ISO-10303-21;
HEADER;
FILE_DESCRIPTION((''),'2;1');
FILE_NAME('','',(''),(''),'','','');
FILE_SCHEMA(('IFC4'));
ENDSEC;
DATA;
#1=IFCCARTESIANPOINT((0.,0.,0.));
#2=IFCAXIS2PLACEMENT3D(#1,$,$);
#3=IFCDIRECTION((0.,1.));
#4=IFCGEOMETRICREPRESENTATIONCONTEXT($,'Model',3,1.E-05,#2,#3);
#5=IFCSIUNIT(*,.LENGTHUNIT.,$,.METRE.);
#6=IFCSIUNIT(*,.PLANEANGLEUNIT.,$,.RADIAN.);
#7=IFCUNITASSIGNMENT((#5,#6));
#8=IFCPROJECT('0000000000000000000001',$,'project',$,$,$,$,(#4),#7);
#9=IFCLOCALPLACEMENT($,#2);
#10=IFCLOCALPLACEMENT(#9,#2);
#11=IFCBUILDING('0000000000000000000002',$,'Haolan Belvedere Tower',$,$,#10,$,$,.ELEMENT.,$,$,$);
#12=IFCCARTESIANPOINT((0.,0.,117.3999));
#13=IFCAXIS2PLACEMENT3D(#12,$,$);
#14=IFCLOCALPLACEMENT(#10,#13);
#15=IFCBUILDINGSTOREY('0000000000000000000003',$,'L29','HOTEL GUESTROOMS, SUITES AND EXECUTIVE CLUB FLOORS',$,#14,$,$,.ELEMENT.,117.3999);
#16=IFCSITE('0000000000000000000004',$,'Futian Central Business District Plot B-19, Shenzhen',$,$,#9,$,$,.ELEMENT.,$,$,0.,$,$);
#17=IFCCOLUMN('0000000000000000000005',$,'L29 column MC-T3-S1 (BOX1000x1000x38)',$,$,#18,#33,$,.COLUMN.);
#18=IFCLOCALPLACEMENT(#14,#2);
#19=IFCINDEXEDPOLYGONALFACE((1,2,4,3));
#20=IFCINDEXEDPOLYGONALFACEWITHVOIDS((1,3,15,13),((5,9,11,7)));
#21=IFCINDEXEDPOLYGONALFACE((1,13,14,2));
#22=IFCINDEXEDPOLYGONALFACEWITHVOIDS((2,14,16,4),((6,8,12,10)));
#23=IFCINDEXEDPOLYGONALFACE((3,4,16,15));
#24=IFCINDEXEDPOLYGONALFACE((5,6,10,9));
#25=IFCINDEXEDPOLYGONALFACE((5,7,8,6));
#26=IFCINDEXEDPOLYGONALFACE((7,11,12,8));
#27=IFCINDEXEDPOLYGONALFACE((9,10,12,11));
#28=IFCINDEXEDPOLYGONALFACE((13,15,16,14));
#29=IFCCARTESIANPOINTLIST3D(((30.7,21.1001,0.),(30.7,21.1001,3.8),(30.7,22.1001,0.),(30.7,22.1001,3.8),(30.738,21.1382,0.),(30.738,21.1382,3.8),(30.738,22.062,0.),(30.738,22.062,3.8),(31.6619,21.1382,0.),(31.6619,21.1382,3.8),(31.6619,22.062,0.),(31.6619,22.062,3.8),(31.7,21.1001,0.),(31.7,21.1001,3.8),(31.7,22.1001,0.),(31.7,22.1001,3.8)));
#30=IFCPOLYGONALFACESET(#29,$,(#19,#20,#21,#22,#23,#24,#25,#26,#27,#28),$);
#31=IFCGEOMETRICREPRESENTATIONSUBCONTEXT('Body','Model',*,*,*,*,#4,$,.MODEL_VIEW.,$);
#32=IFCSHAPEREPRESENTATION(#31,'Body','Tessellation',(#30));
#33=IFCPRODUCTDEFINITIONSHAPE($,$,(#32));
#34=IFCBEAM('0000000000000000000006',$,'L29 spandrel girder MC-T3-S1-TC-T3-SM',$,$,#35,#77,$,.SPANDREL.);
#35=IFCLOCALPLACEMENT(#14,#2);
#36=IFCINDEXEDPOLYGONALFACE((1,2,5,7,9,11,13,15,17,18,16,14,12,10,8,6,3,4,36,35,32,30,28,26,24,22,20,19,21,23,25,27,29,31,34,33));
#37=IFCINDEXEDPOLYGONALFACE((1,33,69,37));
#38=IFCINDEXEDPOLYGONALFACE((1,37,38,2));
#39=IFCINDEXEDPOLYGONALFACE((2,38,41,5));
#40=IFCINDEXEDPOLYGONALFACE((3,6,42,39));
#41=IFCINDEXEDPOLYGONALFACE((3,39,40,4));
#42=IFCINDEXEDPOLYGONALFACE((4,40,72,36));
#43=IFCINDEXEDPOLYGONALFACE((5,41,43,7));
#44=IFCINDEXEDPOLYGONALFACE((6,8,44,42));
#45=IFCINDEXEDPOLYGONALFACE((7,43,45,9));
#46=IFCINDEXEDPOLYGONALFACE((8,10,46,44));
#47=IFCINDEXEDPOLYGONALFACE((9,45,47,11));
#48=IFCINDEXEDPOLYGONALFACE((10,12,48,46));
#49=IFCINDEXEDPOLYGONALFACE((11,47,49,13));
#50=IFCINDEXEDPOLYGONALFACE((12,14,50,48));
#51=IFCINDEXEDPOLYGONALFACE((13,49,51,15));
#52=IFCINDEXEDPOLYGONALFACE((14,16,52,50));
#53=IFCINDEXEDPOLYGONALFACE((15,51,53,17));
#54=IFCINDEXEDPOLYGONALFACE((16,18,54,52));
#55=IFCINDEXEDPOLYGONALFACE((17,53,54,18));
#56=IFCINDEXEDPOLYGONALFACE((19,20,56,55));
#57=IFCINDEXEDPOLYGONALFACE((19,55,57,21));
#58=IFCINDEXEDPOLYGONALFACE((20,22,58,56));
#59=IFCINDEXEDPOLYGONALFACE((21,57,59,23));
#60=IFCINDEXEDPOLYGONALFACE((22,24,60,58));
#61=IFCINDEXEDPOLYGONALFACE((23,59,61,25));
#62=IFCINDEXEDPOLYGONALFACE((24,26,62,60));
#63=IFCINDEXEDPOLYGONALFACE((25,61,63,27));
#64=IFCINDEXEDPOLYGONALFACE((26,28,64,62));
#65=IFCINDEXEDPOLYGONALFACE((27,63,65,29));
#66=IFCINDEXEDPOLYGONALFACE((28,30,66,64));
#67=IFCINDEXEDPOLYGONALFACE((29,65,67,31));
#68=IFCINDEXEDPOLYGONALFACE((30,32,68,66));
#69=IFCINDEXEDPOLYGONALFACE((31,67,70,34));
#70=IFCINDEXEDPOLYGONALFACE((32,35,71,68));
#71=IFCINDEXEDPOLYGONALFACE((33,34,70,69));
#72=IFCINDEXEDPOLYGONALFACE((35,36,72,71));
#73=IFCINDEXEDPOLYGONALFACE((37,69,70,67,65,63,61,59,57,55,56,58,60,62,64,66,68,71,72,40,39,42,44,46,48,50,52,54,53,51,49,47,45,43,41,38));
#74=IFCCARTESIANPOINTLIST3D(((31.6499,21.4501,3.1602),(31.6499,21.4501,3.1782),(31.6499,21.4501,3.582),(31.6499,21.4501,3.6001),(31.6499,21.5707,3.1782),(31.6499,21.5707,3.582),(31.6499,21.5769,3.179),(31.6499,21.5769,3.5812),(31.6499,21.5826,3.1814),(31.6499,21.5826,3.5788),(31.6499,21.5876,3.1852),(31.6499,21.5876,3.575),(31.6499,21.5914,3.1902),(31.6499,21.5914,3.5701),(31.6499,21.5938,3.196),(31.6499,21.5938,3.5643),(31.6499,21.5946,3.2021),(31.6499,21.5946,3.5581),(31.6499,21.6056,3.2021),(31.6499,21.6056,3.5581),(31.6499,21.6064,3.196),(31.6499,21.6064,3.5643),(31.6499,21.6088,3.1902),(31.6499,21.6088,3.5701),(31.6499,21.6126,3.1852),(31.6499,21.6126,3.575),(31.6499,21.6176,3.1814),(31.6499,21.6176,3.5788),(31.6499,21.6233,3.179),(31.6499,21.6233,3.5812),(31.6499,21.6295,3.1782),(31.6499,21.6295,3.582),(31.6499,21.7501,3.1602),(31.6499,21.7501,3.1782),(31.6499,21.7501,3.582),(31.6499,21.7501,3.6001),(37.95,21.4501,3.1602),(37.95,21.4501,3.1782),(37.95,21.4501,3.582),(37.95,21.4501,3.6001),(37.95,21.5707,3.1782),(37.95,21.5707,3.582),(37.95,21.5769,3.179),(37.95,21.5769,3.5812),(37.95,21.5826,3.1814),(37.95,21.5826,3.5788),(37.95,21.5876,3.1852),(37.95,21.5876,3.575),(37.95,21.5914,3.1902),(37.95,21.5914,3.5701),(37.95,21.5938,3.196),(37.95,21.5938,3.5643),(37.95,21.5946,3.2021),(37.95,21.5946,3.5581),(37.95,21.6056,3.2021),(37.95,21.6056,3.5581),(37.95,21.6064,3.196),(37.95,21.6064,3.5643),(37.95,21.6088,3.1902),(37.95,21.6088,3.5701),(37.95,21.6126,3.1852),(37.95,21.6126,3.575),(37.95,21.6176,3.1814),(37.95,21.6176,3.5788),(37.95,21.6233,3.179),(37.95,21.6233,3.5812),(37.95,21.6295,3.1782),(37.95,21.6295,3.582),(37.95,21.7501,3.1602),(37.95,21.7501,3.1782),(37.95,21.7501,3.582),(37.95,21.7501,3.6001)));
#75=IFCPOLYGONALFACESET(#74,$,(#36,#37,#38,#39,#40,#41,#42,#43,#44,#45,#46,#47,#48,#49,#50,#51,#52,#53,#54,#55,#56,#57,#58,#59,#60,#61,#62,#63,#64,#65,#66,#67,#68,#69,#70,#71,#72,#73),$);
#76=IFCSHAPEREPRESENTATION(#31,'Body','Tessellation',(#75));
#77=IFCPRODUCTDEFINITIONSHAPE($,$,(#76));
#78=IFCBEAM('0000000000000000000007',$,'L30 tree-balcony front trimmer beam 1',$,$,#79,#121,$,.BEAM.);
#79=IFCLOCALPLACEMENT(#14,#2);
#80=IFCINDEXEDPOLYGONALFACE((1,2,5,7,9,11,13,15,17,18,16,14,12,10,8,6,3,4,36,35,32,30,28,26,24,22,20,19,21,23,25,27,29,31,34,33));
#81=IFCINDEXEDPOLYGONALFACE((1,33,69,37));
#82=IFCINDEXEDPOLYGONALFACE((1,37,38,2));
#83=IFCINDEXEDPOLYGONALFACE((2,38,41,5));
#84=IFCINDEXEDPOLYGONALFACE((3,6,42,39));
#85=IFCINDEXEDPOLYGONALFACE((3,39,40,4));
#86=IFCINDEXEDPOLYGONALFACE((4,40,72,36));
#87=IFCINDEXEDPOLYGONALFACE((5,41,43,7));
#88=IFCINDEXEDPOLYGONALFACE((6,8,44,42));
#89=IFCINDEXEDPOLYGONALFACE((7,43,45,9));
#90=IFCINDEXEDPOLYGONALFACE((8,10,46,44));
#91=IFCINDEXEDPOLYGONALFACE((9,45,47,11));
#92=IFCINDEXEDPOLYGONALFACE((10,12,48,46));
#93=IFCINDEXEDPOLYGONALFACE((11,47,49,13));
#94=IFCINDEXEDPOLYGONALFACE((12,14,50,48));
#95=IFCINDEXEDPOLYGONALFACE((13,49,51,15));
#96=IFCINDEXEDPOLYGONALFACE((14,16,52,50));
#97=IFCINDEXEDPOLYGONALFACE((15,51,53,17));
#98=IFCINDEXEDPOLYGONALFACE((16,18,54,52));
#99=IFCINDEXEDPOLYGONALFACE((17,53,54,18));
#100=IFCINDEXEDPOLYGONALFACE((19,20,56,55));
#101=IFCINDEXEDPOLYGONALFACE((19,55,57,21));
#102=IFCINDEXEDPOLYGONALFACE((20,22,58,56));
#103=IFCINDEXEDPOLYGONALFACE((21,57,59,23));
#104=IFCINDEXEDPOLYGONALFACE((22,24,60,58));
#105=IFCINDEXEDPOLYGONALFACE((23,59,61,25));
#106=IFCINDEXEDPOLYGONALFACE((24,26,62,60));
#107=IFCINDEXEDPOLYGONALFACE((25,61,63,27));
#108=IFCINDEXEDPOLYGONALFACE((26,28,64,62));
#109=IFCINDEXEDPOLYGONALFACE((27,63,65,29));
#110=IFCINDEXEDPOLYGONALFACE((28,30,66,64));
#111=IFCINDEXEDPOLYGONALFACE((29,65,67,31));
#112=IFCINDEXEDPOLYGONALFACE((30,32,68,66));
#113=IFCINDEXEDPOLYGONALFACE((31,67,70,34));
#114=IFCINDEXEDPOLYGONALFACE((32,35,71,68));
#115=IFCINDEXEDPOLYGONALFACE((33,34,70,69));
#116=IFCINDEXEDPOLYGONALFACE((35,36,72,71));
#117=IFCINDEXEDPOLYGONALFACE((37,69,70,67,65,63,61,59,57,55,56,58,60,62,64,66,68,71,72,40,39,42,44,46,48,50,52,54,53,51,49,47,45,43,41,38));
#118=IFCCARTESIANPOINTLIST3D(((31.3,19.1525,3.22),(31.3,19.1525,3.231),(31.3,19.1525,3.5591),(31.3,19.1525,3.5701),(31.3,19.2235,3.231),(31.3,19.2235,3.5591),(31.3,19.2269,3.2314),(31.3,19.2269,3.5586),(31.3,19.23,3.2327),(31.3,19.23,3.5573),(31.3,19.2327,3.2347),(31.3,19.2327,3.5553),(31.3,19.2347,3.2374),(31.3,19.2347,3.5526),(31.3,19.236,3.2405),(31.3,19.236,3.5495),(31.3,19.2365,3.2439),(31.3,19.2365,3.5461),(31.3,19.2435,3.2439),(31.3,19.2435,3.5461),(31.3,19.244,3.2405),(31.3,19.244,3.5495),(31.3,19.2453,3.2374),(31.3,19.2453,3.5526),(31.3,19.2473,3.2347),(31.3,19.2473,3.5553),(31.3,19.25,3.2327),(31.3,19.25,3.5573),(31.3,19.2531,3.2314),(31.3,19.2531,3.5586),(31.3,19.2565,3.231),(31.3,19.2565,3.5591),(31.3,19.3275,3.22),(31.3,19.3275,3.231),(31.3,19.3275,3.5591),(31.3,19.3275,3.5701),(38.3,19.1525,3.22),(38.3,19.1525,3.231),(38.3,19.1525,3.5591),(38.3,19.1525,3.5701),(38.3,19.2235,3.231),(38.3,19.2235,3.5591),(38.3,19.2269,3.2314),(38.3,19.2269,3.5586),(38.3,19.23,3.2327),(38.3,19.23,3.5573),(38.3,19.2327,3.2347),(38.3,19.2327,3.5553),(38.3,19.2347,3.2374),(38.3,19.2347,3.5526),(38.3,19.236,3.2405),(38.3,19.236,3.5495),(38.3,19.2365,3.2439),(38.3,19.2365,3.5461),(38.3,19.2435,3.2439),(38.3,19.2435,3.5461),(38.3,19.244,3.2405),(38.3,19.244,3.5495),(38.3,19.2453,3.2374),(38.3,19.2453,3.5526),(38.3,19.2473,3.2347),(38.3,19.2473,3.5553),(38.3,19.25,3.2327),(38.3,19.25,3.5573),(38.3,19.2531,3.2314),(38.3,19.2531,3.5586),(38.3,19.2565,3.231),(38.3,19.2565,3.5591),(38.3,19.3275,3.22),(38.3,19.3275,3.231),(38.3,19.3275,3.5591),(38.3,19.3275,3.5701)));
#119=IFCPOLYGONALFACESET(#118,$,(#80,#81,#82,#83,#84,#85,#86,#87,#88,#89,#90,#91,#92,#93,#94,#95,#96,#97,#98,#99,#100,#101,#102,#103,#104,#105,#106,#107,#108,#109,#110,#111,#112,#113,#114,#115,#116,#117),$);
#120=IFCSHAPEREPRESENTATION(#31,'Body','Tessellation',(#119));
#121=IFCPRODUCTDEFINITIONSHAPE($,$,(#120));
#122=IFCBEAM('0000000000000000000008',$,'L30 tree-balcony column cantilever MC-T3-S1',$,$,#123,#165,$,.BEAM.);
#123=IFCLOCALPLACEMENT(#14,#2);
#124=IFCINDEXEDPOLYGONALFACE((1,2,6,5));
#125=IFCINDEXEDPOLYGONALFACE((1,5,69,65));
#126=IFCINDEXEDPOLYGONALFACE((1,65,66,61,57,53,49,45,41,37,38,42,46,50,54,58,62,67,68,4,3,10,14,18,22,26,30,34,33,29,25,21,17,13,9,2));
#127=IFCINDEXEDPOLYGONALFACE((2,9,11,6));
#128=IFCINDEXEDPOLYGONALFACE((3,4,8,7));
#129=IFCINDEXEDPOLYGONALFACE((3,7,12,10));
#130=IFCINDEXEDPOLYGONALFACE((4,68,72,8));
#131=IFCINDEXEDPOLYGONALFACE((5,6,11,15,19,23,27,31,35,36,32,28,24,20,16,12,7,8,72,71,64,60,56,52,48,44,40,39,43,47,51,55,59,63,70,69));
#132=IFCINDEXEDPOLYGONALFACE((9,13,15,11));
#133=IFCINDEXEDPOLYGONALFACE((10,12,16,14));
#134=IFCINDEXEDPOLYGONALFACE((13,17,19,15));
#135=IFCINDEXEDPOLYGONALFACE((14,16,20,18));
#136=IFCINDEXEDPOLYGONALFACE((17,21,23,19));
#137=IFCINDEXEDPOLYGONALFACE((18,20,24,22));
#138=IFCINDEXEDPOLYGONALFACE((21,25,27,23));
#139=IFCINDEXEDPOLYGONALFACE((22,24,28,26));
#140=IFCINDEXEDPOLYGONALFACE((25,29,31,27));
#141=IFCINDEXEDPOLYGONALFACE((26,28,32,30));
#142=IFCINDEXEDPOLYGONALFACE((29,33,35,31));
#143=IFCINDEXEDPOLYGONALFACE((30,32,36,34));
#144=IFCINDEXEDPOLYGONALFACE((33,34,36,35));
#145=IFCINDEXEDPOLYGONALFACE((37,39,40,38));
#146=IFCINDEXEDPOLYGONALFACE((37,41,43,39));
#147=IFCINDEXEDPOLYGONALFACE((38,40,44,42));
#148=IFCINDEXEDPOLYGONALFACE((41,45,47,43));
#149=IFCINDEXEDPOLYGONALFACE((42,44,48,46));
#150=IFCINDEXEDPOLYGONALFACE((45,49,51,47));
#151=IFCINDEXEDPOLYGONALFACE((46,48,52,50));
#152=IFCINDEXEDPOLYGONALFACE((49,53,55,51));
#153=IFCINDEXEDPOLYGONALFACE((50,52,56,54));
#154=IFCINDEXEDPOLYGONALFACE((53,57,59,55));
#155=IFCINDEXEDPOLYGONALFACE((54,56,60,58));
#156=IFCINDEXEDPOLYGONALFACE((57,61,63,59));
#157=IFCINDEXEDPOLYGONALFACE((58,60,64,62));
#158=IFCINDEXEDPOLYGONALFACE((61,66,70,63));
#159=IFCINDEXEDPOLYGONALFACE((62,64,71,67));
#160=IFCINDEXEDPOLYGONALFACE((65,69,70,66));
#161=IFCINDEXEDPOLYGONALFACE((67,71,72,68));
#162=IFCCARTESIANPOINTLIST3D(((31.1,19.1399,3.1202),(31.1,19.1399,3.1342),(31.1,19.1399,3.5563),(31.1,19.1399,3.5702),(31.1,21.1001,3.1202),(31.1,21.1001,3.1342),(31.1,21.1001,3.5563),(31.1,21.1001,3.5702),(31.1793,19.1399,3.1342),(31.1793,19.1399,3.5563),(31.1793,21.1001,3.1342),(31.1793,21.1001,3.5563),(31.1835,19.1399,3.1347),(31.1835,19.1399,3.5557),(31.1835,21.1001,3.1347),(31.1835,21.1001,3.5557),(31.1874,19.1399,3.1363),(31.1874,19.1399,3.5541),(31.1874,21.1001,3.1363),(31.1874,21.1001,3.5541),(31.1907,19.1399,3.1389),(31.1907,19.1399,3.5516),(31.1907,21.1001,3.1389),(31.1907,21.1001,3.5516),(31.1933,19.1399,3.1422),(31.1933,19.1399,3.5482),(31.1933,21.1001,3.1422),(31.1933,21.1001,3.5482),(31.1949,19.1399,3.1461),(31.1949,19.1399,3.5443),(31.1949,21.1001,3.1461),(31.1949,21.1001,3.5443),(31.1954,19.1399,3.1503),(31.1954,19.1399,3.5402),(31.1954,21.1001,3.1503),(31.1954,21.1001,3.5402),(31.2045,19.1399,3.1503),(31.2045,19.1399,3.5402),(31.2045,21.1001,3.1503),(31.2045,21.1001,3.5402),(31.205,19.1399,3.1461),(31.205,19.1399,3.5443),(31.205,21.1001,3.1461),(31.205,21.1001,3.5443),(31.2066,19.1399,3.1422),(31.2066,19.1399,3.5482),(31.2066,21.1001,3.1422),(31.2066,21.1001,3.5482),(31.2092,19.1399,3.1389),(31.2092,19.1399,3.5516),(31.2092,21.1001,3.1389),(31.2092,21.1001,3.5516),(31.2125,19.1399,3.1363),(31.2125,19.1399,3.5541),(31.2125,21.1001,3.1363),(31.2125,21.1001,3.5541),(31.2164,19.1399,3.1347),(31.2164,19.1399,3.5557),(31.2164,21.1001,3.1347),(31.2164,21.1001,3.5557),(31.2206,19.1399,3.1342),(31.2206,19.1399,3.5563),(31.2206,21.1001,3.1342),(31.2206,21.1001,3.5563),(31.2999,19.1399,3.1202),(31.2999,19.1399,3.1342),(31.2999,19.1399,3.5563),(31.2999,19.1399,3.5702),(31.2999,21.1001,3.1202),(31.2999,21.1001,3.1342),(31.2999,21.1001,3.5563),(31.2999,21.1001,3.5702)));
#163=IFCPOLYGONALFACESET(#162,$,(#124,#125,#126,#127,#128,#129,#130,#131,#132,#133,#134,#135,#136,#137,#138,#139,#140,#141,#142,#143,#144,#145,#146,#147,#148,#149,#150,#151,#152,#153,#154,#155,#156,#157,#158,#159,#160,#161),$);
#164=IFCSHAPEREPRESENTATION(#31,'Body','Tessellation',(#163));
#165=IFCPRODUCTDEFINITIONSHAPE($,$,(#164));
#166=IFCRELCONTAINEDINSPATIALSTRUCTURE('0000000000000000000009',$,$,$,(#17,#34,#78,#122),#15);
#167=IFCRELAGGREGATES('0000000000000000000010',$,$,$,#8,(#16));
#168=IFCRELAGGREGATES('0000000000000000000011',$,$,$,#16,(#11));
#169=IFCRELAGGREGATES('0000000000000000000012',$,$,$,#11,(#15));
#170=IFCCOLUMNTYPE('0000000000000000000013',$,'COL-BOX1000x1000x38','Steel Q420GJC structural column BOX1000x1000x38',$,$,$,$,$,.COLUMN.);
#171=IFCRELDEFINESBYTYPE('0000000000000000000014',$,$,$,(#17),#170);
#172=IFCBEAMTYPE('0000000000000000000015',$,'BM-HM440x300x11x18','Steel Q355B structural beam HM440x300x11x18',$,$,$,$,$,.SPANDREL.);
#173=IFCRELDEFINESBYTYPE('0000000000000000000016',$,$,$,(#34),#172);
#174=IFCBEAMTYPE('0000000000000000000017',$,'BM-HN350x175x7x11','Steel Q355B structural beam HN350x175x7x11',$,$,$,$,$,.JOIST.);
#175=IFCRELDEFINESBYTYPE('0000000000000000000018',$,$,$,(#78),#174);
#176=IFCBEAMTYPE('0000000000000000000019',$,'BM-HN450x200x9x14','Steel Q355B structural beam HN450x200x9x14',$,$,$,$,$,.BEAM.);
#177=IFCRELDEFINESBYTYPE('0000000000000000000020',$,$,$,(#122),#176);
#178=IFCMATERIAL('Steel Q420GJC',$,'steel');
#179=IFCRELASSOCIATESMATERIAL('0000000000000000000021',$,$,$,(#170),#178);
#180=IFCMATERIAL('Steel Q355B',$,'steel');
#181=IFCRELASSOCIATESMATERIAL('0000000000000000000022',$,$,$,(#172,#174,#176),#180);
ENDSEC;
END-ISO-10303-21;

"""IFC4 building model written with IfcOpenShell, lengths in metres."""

from ifc_helpers import new_model, si_unit, direction, frame, origin, origin_2d, place, context, subcontext, project, spatial, hollow_rectangle, i_section, extrude, material, material_profile, profile_set, type_object, element, save


model = new_model("IFC4")

# Units and contexts
model_context = context("Model", 3, precision=1e-05, world=origin(), true_north=direction((0.0, 1.0)))
body_context = subcontext(model_context, "Body", "Model", "MODEL_VIEW")
ifc_project = project(units=[si_unit("LENGTHUNIT", "METRE"), si_unit("PLANEANGLEUNIT", "RADIAN")], contexts=[model_context])

# Site, building, storey
site_placement = place(None, origin())
site = spatial("IfcSite", under=ifc_project, at=site_placement, Name="Futian Central Business District Plot B-19, Shenzhen", CompositionType="ELEMENT", RefElevation=0.0)
building_placement = place(site_placement, origin())
building = spatial("IfcBuilding", under=site, at=building_placement, Name="Haolan Belvedere Tower", CompositionType="ELEMENT")
storey_placement = place(building_placement, frame((0.0, 0.0, 117.3999)))
storey = spatial("IfcBuildingStorey", under=building, at=storey_placement, Name="L29", Description="HOTEL GUESTROOMS, SUITES AND EXECUTIVE CLUB FLOORS", CompositionType="ELEMENT", Elevation=117.3999)

# Column
ifc_material_1 = material(Name="Steel Q420GJC", Category="steel")
ifc_material_profile_1 = material_profile(ifc_material_1, hollow_rectangle(XDim=1.0, YDim=1.0, WallThickness=0.0381, at=origin_2d()), Name="Steel Q420GJC")
ifc_profile_set_1 = profile_set([ifc_material_profile_1], Name="Steel Q420GJC")
column_type = type_object("IfcColumnType", Name="COL-BOX1000x1000x38", Description="Steel Q420GJC structural column BOX1000x1000x38", PredefinedType="COLUMN", material=ifc_profile_set_1)
column_placement = place(storey_placement, frame((31.2, 21.6001, 0.0), z_axis=(0.0, 0.0, 1.0), x_axis=(1.0, 0.0, 0.0)))
element("IfcColumn", 1, at=column_placement, inside=storey, type_object=column_type, Name="L29 column MC-T3-S1 (BOX1000x1000x38)", PredefinedType="COLUMN", context=body_context, shape_type="SweptSolid", body=[
    extrude(hollow_rectangle(XDim=1.0, YDim=1.0, WallThickness=0.0381, at=origin_2d()), origin(), (0.0, 0.0, 1.0), 3.8),
])

# Beams
ifc_material_2 = material(Name="Steel Q355B", Category="steel")
ifc_material_profile_2 = material_profile(ifc_material_2, i_section(OverallWidth=0.3, OverallDepth=0.4399, WebThickness=0.011, FlangeThickness=0.0181, FilletRadius=0.0239, at=origin_2d()), Name="Steel Q355B")
ifc_profile_set_2 = profile_set([ifc_material_profile_2], Name="Steel Q355B")
beam_type_1 = type_object("IfcBeamType", Name="BM-HM440x300x11x18", Description="Steel Q355B structural beam HM440x300x11x18", PredefinedType="SPANDREL", material=ifc_profile_set_2)
beam_1_placement = place(storey_placement, frame((31.6499, 21.6001, 3.3801), z_axis=(1.0, 0.0, 0.0), x_axis=(0.0, 1.0, 0.0)))
element("IfcBeam", 2, at=beam_1_placement, inside=storey, type_object=beam_type_1, Name="L29 spandrel girder MC-T3-S1-TC-T3-SM", PredefinedType="SPANDREL", context=body_context, shape_type="SweptSolid", body=[
    extrude(i_section(OverallWidth=0.3, OverallDepth=0.4399, WebThickness=0.011, FlangeThickness=0.0181, FilletRadius=0.0239, at=origin_2d()), origin(), (0.0, 0.0, 1.0), 6.3),
])
ifc_material_profile_3 = material_profile(ifc_material_2, i_section(OverallWidth=0.175, OverallDepth=0.3501, WebThickness=0.0071, FlangeThickness=0.011, FilletRadius=0.0129, at=origin_2d()), Name="Steel Q355B")
ifc_profile_set_3 = profile_set([ifc_material_profile_3], Name="Steel Q355B")
beam_type_2 = type_object("IfcBeamType", Name="BM-HN350x175x7x11", Description="Steel Q355B structural beam HN350x175x7x11", PredefinedType="JOIST", material=ifc_profile_set_3)
beam_2_placement = place(storey_placement, frame((31.3, 19.24, 3.395), z_axis=(1.0, 0.0, 0.0), x_axis=(0.0, 1.0, 0.0)))
element("IfcBeam", 3, at=beam_2_placement, inside=storey, type_object=beam_type_2, Name="L30 tree-balcony front trimmer beam 1", PredefinedType="BEAM", context=body_context, shape_type="SweptSolid", body=[
    extrude(i_section(OverallWidth=0.175, OverallDepth=0.3501, WebThickness=0.0071, FlangeThickness=0.011, FilletRadius=0.0129, at=origin_2d()), origin(), (0.0, 0.0, 1.0), 7.0),
])
ifc_material_profile_4 = material_profile(ifc_material_2, i_section(OverallWidth=0.2, OverallDepth=0.45, WebThickness=0.009, FlangeThickness=0.0139, FilletRadius=0.0161, at=origin_2d()), Name="Steel Q355B")
ifc_profile_set_4 = profile_set([ifc_material_profile_4], Name="Steel Q355B")
beam_type_3 = type_object("IfcBeamType", Name="BM-HN450x200x9x14", Description="Steel Q355B structural beam HN450x200x9x14", PredefinedType="BEAM", material=ifc_profile_set_4)
beam_3_placement = place(storey_placement, frame((31.2, 21.1001, 3.3452), z_axis=(0.0, -1.0, 0.0), x_axis=(1.0, 0.0, 0.0)))
element("IfcBeam", 4, at=beam_3_placement, inside=storey, type_object=beam_type_3, Name="L30 tree-balcony column cantilever MC-T3-S1", PredefinedType="BEAM", context=body_context, shape_type="SweptSolid", body=[
    extrude(i_section(OverallWidth=0.2, OverallDepth=0.45, WebThickness=0.009, FlangeThickness=0.0139, FilletRadius=0.0161, at=origin_2d()), origin(), (0.0, 0.0, 1.0), 1.9602),
])

save(model, "model.ifc")
